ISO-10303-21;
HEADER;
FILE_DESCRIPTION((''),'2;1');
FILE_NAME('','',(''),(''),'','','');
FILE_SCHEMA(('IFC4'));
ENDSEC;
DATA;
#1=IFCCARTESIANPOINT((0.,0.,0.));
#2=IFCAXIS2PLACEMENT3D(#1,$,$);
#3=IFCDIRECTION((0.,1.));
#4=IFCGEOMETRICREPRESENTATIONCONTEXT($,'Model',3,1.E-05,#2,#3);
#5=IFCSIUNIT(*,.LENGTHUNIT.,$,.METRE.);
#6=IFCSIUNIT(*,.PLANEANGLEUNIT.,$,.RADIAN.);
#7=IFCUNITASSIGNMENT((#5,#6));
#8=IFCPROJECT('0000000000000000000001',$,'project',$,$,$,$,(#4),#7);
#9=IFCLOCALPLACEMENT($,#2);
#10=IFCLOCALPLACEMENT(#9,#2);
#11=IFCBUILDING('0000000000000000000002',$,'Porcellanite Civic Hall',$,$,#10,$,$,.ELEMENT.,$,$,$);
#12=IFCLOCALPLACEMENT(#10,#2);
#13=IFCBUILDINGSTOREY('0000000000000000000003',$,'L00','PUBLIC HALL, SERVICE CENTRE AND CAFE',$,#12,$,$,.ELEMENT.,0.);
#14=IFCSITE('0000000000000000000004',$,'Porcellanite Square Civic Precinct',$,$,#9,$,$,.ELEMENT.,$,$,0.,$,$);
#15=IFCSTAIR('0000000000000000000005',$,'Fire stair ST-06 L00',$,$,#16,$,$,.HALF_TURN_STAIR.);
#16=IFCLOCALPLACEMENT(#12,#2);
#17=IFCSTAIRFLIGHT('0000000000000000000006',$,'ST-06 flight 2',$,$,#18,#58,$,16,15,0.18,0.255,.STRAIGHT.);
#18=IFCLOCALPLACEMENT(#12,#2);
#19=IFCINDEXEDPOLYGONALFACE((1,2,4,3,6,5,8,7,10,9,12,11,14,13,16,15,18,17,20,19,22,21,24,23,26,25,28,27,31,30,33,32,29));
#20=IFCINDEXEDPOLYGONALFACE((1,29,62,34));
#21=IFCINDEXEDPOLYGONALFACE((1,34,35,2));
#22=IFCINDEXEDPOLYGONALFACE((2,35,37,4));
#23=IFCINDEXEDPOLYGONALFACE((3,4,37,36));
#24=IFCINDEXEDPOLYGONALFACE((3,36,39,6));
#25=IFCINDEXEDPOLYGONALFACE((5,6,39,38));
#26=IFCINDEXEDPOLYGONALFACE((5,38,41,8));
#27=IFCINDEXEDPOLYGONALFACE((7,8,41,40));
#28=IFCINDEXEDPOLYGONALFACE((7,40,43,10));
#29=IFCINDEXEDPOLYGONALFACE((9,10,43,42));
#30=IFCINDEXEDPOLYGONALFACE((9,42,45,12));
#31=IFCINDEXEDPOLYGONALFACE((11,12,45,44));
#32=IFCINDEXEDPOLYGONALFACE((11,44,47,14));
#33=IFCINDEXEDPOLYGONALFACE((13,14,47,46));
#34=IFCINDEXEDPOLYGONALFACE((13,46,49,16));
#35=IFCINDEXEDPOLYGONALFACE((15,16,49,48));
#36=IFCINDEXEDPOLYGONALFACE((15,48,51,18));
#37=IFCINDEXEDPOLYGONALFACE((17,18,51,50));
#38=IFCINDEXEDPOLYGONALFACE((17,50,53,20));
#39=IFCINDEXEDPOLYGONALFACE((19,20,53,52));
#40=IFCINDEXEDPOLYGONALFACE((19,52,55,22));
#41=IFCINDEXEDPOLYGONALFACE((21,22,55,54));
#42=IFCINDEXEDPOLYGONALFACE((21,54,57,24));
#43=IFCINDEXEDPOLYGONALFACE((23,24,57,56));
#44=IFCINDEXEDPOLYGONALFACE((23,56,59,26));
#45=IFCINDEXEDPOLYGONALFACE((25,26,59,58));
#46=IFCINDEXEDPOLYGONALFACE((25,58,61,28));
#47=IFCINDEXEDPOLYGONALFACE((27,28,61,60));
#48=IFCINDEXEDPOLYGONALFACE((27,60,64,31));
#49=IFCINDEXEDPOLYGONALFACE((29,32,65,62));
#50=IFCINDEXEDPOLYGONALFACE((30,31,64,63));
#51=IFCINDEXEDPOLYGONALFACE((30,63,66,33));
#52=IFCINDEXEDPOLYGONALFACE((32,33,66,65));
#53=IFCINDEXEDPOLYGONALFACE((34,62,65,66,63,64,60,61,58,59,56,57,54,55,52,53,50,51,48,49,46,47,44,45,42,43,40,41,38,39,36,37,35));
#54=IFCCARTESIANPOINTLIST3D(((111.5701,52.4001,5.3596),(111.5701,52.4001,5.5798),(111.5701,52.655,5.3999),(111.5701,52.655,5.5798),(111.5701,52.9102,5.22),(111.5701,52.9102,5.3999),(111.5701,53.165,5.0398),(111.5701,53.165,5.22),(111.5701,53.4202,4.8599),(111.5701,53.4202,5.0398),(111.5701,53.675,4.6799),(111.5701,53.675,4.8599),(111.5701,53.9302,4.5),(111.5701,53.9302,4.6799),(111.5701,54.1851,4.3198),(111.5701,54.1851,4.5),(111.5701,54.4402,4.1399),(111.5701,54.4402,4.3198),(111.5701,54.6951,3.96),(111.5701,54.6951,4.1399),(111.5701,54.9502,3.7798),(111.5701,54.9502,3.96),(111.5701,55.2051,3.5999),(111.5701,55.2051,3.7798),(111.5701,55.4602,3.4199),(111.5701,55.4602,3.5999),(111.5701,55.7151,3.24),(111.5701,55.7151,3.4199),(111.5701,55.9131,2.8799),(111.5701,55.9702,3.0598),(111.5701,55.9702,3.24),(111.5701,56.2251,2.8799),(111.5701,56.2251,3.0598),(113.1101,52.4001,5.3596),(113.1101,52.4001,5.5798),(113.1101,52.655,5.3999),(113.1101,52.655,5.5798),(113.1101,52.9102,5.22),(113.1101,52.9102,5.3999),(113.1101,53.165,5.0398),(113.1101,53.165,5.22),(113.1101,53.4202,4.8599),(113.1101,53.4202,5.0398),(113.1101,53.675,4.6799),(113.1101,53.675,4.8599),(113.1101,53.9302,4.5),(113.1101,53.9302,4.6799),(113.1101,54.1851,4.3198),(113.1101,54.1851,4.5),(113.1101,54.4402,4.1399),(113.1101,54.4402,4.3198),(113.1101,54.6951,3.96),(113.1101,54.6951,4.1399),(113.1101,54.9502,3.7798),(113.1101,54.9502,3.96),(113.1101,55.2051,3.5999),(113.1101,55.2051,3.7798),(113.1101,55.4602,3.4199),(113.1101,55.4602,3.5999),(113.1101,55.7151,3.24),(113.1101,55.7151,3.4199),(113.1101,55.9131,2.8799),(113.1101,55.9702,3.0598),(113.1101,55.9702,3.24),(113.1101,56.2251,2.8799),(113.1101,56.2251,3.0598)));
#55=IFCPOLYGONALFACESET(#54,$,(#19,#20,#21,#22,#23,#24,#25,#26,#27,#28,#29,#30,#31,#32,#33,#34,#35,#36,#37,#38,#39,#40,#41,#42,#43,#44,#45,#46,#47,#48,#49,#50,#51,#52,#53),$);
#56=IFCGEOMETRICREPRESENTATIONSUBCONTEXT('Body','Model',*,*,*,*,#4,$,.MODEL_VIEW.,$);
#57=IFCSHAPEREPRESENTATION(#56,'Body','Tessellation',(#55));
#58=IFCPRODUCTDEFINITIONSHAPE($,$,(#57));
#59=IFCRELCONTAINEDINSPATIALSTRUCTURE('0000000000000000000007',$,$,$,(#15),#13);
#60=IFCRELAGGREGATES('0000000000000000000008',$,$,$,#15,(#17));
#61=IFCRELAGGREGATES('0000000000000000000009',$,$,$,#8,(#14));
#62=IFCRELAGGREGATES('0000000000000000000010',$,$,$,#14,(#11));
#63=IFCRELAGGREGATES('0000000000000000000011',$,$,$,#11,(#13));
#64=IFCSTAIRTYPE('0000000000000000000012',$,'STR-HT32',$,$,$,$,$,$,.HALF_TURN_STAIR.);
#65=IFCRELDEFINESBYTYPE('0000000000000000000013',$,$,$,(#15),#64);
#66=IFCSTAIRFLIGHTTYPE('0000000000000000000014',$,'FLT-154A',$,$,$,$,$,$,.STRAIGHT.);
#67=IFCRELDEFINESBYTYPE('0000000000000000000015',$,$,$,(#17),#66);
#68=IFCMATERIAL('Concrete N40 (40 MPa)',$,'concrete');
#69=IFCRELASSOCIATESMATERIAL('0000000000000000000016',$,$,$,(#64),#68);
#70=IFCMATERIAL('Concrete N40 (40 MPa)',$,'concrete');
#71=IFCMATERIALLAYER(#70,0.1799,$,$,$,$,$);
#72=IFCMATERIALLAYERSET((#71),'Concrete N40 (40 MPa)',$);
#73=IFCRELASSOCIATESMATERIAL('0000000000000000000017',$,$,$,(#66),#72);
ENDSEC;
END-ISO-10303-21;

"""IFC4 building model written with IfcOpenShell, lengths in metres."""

from ifc_helpers import new_model, si_unit, direction, frame, origin, place, context, subcontext, project, spatial, polyline, outline, extrude, material, layer, layer_set, type_object, element, aggregate, save


model = new_model("IFC4")

# Units and contexts
model_context = context("Model", 3, precision=1e-05, world=origin(), true_north=direction((0.0, 1.0)))
body_context = subcontext(model_context, "Body", "Model", "MODEL_VIEW")
ifc_project = project(units=[si_unit("LENGTHUNIT", "METRE"), si_unit("PLANEANGLEUNIT", "RADIAN")], contexts=[model_context])

# Site, building, storey
site_placement = place(None, origin())
site = spatial("IfcSite", under=ifc_project, at=site_placement, Name="Porcellanite Square Civic Precinct", CompositionType="ELEMENT", RefElevation=0.0)
building_placement = place(site_placement, origin())
building = spatial("IfcBuilding", under=site, at=building_placement, Name="Porcellanite Civic Hall", CompositionType="ELEMENT")
storey_placement = place(building_placement, origin())
storey = spatial("IfcBuildingStorey", under=building, at=storey_placement, Name="L00", Description="PUBLIC HALL, SERVICE CENTRE AND CAFE", CompositionType="ELEMENT", Elevation=0.0)

# Stair, stair flight
ifc_material_1 = material(Name="Concrete N40 (40 MPa)", Category="concrete")
stair_type = type_object("IfcStairType", Name="STR-HT32", PredefinedType="HALF_TURN_STAIR", material=ifc_material_1)
stair_placement = place(storey_placement, origin())
stair = element("IfcStair", 1, at=stair_placement, inside=storey, type_object=stair_type, Name="Fire stair ST-06 L00", PredefinedType="HALF_TURN_STAIR")
ifc_material_2 = material(Name="Concrete N40 (40 MPa)", Category="concrete")
ifc_layer_1 = layer(ifc_material_2, 0.1799)
ifc_layer_set_1 = layer_set([ifc_layer_1], Name="Concrete N40 (40 MPa)")
stair_flight_type = type_object("IfcStairFlightType", Name="FLT-154A", PredefinedType="STRAIGHT", material=ifc_layer_set_1)
stair_flight_placement = place(storey_placement, frame((112.3401, 56.2251, 2.8799), z_axis=(0.0, 0.0, 1.0), x_axis=(0.0, -1.0, 0.0)))
stair_flight = element("IfcStairFlight", 2, at=stair_flight_placement, type_object=stair_flight_type, Name="ST-06 flight 2", NumberOfRisers=16, NumberOfTreads=15, PredefinedType="STRAIGHT", RiserHeight=0.18, TreadLength=0.255, context=body_context, shape_type="SweptSolid", body=[
    extrude(outline(polyline([(0.0, 0.0), (0.0, 0.1799), (0.2549, 0.1799), (0.2549, 0.3601), (0.51, 0.3601), (0.51, 0.54), (0.7649, 0.54), (0.7649, 0.72), (1.02, 0.72), (1.02, 0.8999), (1.2749, 0.8999), (1.2749, 1.0801), (1.53, 1.0801), (1.53, 1.26), (1.7849, 1.26), (1.7849, 1.4399), (2.04, 1.4399), (2.04, 1.6201), (2.2949, 1.6201), (2.2949, 1.8), (2.55, 1.8), (2.55, 1.98), (2.8049, 1.98), (2.8049, 2.1599), (3.0601, 2.1599), (3.0601, 2.3401), (3.3149, 2.3401), (3.3149, 2.52), (3.5701, 2.52), (3.5701, 2.7), (3.825, 2.7), (3.825, 2.8799), (3.825, 2.4797), (0.312, 0.0), (0.0, 0.0)])), frame((0.0, 0.77, 0.0), z_axis=(0.0, -1.0, 0.0), x_axis=(1.0, 0.0, 0.0)), (0.0, 0.0, 1.0), 1.54),
])
aggregate(stair, [stair_flight])

save(model, "model.ifc")
